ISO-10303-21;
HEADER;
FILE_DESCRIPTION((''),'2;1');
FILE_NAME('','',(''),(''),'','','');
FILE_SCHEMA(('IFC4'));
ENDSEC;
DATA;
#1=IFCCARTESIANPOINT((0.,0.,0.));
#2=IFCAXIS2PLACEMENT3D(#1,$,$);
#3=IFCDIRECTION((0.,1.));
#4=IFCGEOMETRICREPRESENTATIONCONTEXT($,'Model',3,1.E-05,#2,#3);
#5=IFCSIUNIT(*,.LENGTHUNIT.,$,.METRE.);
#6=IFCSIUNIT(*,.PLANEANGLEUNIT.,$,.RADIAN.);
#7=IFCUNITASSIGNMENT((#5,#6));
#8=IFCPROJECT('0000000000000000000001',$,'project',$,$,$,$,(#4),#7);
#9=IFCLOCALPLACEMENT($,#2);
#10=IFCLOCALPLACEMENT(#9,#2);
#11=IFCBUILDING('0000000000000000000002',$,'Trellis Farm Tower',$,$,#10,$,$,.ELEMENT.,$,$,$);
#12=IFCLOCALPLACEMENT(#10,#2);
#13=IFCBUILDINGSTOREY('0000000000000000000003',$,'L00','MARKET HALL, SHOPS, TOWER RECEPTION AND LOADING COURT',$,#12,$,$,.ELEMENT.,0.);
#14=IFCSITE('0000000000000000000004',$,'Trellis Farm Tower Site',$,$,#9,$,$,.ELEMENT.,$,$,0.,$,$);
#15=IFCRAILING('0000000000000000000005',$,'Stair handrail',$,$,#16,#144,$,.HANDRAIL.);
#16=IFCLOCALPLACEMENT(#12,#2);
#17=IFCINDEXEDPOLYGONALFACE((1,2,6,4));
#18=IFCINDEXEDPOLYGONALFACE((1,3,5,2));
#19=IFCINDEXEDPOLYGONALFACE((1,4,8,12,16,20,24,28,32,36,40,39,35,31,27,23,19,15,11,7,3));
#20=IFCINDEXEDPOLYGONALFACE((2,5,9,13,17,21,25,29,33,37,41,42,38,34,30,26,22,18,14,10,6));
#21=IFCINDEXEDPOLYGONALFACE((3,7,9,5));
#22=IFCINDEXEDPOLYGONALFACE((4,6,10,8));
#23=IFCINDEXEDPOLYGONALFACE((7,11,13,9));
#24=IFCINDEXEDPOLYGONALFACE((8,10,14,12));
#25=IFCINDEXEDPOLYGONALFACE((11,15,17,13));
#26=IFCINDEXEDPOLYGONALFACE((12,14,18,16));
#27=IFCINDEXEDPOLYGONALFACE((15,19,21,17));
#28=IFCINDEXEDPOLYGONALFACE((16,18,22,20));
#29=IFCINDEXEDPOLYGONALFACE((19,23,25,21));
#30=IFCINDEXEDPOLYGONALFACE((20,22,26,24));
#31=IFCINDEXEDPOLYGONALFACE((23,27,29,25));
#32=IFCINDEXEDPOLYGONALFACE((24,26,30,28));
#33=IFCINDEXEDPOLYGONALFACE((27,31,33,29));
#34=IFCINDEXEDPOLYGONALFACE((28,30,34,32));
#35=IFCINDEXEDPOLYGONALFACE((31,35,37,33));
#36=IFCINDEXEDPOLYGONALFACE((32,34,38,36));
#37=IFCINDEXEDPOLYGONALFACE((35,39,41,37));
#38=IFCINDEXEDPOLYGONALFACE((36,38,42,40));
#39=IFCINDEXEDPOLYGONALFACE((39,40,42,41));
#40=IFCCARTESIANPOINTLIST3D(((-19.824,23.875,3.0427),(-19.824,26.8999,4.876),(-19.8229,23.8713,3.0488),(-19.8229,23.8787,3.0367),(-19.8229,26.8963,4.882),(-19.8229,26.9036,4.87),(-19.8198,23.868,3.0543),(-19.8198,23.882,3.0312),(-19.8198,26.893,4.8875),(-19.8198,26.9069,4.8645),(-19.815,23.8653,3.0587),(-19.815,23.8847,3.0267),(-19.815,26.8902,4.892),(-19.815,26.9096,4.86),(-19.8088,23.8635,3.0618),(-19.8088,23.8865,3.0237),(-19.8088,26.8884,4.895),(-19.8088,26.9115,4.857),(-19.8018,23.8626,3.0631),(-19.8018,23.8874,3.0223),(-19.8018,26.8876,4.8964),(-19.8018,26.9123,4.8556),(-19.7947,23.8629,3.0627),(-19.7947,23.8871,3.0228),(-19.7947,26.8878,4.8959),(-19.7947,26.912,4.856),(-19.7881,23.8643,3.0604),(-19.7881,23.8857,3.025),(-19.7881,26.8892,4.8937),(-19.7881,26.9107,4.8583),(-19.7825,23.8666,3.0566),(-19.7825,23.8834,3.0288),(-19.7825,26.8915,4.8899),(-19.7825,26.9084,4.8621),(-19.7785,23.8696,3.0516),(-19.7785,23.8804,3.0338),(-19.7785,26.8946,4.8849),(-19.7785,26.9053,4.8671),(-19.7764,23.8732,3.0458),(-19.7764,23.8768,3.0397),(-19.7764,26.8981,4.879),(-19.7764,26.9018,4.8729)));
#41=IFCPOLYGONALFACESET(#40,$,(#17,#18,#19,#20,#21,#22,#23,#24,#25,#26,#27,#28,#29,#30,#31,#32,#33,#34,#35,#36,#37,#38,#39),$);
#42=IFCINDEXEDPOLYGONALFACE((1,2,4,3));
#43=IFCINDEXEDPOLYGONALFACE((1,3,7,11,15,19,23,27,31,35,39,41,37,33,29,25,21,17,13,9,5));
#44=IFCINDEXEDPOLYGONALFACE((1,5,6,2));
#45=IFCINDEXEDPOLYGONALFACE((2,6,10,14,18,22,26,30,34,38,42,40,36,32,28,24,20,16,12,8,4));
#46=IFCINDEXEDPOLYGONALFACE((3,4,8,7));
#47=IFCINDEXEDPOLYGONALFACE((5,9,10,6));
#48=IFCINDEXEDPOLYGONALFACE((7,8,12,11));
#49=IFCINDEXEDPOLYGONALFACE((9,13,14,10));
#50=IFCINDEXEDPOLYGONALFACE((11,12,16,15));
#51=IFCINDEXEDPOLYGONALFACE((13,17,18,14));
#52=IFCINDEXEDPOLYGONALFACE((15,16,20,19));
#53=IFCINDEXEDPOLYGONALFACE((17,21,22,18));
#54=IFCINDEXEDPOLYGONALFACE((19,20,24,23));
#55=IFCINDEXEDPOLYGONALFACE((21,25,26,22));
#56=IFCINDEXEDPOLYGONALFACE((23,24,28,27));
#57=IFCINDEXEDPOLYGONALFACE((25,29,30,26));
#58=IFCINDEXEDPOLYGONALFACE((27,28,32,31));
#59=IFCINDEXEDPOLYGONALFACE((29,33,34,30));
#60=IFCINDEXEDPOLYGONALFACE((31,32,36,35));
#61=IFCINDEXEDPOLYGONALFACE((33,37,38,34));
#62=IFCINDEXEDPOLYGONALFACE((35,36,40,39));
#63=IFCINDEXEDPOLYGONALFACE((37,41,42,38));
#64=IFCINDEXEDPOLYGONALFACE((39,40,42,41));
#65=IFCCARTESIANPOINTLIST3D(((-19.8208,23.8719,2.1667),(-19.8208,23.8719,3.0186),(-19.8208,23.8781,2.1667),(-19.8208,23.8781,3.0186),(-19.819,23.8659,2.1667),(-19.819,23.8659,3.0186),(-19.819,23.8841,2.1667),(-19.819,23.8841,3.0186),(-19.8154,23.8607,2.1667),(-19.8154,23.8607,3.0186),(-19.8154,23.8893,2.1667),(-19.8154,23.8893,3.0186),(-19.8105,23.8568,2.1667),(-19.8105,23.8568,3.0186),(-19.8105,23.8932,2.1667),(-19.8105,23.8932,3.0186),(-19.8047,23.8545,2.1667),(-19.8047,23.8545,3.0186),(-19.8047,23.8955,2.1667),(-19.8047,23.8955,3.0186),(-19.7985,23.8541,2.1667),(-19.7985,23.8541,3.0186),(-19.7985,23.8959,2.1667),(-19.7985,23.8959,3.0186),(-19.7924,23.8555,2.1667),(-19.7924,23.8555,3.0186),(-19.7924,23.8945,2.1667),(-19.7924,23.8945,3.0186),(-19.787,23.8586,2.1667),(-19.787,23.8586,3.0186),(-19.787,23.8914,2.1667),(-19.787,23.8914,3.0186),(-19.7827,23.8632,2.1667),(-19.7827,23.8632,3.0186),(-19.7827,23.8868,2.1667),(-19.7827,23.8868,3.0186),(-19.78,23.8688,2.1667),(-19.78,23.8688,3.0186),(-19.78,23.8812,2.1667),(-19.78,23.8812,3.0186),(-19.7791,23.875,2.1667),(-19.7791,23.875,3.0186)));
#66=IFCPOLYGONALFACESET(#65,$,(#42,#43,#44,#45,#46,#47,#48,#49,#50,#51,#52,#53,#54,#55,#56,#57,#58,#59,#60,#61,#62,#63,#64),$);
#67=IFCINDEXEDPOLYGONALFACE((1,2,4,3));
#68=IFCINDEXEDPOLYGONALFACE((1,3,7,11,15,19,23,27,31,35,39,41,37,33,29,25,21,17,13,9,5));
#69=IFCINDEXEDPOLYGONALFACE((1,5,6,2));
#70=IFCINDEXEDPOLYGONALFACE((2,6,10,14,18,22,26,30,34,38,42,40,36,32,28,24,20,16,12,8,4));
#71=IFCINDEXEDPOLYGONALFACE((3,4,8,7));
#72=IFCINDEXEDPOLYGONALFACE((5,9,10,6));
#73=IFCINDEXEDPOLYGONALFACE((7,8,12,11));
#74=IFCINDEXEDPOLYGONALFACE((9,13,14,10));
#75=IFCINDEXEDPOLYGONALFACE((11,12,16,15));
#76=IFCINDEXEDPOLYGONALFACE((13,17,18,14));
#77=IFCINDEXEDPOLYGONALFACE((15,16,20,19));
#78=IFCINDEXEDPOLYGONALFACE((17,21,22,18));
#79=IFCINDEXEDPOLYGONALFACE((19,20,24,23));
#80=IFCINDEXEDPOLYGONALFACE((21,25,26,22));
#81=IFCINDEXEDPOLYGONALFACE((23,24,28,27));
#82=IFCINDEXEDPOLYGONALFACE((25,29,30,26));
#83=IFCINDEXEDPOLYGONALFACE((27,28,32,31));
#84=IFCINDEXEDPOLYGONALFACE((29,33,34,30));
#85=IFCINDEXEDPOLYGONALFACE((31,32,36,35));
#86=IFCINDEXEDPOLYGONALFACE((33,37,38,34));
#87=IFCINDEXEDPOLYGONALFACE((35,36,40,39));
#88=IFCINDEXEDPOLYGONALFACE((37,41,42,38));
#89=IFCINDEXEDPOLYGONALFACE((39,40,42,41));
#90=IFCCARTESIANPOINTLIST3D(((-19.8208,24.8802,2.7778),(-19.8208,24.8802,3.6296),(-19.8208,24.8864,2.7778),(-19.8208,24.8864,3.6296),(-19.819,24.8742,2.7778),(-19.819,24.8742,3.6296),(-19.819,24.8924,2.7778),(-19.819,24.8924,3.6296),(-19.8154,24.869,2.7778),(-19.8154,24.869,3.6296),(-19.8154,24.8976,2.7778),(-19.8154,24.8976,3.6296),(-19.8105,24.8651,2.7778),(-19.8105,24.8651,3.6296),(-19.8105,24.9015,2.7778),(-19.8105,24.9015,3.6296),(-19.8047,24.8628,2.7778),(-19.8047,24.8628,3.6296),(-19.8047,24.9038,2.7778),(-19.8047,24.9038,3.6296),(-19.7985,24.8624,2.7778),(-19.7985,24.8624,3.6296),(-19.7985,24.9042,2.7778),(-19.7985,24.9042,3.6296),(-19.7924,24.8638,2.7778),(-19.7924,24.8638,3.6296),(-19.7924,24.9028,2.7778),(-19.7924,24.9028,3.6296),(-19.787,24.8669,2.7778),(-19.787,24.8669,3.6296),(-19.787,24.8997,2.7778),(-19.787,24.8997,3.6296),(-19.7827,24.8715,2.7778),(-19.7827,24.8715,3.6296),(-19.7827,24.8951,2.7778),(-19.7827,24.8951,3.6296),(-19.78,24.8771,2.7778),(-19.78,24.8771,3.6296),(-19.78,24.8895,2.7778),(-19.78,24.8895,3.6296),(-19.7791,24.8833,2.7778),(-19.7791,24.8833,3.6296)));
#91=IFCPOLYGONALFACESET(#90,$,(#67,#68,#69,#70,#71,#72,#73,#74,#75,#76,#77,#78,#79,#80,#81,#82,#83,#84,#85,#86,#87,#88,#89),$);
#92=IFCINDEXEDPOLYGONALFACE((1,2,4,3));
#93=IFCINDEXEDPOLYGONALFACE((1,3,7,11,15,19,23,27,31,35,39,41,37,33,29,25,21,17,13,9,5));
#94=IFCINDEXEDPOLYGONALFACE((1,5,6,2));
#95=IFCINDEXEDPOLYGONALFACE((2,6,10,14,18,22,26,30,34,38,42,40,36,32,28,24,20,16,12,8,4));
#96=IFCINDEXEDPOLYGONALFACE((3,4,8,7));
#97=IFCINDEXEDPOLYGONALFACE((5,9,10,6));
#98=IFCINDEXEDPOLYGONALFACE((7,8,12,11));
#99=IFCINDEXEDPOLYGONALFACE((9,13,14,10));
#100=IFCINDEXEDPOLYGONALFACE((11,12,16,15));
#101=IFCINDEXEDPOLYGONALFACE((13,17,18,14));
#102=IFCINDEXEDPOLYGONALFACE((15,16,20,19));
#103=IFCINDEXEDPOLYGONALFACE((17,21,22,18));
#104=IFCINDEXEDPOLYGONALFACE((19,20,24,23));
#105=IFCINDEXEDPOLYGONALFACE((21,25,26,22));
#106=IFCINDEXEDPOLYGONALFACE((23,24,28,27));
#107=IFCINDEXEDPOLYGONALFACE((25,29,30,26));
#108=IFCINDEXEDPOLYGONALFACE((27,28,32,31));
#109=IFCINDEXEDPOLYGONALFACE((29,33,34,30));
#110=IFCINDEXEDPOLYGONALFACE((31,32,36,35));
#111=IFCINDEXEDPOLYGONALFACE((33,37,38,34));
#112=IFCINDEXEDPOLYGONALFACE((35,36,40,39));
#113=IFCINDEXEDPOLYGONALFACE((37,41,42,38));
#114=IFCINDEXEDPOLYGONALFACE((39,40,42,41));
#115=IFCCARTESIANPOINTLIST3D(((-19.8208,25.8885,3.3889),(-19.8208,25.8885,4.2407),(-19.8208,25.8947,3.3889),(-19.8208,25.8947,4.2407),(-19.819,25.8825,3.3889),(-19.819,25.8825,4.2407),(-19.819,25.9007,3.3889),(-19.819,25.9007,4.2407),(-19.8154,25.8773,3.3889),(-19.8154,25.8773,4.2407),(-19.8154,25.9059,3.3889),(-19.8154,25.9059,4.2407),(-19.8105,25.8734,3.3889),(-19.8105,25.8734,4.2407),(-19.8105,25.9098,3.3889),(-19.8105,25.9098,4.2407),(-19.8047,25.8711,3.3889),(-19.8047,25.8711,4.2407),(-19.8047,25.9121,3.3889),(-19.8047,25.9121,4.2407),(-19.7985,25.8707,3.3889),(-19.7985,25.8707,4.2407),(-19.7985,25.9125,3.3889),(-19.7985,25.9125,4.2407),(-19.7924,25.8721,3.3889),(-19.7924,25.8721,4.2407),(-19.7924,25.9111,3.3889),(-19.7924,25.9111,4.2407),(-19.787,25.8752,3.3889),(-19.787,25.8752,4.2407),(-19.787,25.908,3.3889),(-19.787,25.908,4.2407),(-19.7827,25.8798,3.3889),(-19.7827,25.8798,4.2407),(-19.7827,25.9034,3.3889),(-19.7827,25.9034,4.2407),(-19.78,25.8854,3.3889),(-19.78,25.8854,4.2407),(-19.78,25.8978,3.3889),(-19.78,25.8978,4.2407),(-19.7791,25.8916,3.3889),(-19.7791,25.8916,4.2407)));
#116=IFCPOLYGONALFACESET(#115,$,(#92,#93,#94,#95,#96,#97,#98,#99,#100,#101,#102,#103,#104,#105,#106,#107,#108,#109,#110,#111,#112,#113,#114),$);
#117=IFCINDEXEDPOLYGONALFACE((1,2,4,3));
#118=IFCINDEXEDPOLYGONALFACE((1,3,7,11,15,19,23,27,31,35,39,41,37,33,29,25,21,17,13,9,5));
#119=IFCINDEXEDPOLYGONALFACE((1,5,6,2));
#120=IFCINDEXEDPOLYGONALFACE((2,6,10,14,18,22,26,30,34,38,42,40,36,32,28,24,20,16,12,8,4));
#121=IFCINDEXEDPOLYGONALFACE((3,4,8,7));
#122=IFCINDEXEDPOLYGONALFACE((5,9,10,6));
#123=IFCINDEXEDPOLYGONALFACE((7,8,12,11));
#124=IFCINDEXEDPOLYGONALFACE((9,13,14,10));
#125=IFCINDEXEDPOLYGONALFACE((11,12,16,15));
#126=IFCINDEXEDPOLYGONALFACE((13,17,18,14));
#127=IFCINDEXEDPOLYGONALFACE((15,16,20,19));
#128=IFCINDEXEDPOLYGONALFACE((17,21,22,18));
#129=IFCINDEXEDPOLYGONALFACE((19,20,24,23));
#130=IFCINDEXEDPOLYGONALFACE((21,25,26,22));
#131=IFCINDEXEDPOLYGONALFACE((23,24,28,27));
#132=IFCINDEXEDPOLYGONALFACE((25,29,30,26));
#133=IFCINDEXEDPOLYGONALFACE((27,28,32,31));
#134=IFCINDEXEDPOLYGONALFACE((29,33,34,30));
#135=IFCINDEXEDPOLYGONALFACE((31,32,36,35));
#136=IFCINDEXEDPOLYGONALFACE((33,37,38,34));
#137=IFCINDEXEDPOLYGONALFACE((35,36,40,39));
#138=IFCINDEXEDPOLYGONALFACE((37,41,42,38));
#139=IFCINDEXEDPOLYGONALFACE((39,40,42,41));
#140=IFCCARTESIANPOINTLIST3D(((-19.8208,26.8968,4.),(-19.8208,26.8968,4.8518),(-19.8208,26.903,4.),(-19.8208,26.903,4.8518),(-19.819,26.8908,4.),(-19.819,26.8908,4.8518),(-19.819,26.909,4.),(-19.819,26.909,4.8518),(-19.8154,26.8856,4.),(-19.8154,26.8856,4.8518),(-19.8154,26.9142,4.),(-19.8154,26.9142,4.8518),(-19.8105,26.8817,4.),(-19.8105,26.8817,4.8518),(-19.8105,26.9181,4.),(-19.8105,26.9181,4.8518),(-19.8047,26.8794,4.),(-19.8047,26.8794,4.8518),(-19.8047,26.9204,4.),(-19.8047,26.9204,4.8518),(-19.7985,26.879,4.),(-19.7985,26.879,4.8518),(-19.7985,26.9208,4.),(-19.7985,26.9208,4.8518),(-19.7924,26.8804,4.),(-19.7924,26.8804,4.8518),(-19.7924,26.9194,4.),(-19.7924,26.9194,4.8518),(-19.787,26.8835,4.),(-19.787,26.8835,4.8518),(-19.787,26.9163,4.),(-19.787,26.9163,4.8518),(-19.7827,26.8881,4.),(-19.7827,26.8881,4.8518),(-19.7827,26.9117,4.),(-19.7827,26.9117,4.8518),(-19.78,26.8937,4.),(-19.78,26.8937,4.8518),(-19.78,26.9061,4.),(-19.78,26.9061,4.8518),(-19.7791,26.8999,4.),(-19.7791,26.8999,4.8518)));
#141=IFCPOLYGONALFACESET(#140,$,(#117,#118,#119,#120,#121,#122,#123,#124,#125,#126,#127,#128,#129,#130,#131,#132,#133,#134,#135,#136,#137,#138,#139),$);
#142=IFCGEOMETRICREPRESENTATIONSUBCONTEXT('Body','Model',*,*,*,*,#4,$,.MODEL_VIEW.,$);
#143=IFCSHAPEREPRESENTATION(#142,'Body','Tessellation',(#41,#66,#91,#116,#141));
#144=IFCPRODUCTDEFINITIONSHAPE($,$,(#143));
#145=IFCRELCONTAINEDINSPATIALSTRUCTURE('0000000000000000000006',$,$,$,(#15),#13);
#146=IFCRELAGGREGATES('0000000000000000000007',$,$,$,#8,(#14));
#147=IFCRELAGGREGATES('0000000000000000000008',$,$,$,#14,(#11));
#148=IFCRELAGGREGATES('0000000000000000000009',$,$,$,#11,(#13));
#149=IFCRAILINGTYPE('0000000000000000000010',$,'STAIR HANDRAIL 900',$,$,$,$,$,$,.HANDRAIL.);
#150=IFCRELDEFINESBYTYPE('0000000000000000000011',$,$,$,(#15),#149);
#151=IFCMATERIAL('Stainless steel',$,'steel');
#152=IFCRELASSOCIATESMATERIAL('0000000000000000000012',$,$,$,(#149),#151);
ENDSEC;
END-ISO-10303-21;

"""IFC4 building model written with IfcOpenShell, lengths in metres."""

from ifc_helpers import new_model, si_unit, direction, frame, origin, origin_2d, place, context, subcontext, project, spatial, circle, extrude, source, transform, mapped, material, type_object, element, save


model = new_model("IFC4")

# Units and contexts
model_context = context("Model", 3, precision=1e-05, world=origin(), true_north=direction((0.0, 1.0)))
body_context = subcontext(model_context, "Body", "Model", "MODEL_VIEW")
ifc_project = project(units=[si_unit("LENGTHUNIT", "METRE"), si_unit("PLANEANGLEUNIT", "RADIAN")], contexts=[model_context])

# Site, building, storey
site_placement = place(None, origin())
site = spatial("IfcSite", under=ifc_project, at=site_placement, Name="Trellis Farm Tower Site", CompositionType="ELEMENT", RefElevation=0.0)
building_placement = place(site_placement, origin())
building = spatial("IfcBuilding", under=site, at=building_placement, Name="Trellis Farm Tower", CompositionType="ELEMENT")
storey_placement = place(building_placement, origin())
storey = spatial("IfcBuildingStorey", under=building, at=storey_placement, Name="L00", Description="MARKET HALL, SHOPS, TOWER RECEPTION AND LOADING COURT", CompositionType="ELEMENT", Elevation=0.0)

# Railing
ifc_material_1 = material(Name="Stainless steel", Category="steel")
railing_type = type_object("IfcRailingType", Name="STAIR HANDRAIL 900", PredefinedType="HANDRAIL", material=ifc_material_1)
shared_shape_1 = source(origin(), body_context, "Body", "SweptSolid", [
    extrude(circle(Radius=0.0239, at=origin_2d()), frame((0.0, 0.0, 0.876), z_axis=(0.0, 0.855201, 0.518297), x_axis=(-1.0, 0.0, 0.0)), (0.0, 0.0, 1.0), 3.5371),
    extrude(circle(Radius=0.021, at=origin_2d()), origin(), (0.0, 0.0, 1.0), 0.8518),
    extrude(circle(Radius=0.021, at=origin_2d()), frame((0.0, 1.0083, 0.6111)), (0.0, 0.0, 1.0), 0.8518),
    extrude(circle(Radius=0.021, at=origin_2d()), frame((0.0, 2.0166, 1.2222)), (0.0, 0.0, 1.0), 0.8518),
    extrude(circle(Radius=0.021, at=origin_2d()), frame((0.0, 3.0249, 1.8333)), (0.0, 0.0, 1.0), 0.8518),
])
for number, where, name in (
    (1, (-19.8, 23.875, 2.1667), "Stair handrail"),
):
    element("IfcRailing", number, at=place(storey_placement, frame(where)), inside=storey, type_object=railing_type, Name=name, PredefinedType="HANDRAIL", context=body_context, shape_type="MappedRepresentation", body=[
        mapped(shared_shape_1, transform((0.0, 0.0, 0.0))),
    ])

save(model, "model.ifc")
